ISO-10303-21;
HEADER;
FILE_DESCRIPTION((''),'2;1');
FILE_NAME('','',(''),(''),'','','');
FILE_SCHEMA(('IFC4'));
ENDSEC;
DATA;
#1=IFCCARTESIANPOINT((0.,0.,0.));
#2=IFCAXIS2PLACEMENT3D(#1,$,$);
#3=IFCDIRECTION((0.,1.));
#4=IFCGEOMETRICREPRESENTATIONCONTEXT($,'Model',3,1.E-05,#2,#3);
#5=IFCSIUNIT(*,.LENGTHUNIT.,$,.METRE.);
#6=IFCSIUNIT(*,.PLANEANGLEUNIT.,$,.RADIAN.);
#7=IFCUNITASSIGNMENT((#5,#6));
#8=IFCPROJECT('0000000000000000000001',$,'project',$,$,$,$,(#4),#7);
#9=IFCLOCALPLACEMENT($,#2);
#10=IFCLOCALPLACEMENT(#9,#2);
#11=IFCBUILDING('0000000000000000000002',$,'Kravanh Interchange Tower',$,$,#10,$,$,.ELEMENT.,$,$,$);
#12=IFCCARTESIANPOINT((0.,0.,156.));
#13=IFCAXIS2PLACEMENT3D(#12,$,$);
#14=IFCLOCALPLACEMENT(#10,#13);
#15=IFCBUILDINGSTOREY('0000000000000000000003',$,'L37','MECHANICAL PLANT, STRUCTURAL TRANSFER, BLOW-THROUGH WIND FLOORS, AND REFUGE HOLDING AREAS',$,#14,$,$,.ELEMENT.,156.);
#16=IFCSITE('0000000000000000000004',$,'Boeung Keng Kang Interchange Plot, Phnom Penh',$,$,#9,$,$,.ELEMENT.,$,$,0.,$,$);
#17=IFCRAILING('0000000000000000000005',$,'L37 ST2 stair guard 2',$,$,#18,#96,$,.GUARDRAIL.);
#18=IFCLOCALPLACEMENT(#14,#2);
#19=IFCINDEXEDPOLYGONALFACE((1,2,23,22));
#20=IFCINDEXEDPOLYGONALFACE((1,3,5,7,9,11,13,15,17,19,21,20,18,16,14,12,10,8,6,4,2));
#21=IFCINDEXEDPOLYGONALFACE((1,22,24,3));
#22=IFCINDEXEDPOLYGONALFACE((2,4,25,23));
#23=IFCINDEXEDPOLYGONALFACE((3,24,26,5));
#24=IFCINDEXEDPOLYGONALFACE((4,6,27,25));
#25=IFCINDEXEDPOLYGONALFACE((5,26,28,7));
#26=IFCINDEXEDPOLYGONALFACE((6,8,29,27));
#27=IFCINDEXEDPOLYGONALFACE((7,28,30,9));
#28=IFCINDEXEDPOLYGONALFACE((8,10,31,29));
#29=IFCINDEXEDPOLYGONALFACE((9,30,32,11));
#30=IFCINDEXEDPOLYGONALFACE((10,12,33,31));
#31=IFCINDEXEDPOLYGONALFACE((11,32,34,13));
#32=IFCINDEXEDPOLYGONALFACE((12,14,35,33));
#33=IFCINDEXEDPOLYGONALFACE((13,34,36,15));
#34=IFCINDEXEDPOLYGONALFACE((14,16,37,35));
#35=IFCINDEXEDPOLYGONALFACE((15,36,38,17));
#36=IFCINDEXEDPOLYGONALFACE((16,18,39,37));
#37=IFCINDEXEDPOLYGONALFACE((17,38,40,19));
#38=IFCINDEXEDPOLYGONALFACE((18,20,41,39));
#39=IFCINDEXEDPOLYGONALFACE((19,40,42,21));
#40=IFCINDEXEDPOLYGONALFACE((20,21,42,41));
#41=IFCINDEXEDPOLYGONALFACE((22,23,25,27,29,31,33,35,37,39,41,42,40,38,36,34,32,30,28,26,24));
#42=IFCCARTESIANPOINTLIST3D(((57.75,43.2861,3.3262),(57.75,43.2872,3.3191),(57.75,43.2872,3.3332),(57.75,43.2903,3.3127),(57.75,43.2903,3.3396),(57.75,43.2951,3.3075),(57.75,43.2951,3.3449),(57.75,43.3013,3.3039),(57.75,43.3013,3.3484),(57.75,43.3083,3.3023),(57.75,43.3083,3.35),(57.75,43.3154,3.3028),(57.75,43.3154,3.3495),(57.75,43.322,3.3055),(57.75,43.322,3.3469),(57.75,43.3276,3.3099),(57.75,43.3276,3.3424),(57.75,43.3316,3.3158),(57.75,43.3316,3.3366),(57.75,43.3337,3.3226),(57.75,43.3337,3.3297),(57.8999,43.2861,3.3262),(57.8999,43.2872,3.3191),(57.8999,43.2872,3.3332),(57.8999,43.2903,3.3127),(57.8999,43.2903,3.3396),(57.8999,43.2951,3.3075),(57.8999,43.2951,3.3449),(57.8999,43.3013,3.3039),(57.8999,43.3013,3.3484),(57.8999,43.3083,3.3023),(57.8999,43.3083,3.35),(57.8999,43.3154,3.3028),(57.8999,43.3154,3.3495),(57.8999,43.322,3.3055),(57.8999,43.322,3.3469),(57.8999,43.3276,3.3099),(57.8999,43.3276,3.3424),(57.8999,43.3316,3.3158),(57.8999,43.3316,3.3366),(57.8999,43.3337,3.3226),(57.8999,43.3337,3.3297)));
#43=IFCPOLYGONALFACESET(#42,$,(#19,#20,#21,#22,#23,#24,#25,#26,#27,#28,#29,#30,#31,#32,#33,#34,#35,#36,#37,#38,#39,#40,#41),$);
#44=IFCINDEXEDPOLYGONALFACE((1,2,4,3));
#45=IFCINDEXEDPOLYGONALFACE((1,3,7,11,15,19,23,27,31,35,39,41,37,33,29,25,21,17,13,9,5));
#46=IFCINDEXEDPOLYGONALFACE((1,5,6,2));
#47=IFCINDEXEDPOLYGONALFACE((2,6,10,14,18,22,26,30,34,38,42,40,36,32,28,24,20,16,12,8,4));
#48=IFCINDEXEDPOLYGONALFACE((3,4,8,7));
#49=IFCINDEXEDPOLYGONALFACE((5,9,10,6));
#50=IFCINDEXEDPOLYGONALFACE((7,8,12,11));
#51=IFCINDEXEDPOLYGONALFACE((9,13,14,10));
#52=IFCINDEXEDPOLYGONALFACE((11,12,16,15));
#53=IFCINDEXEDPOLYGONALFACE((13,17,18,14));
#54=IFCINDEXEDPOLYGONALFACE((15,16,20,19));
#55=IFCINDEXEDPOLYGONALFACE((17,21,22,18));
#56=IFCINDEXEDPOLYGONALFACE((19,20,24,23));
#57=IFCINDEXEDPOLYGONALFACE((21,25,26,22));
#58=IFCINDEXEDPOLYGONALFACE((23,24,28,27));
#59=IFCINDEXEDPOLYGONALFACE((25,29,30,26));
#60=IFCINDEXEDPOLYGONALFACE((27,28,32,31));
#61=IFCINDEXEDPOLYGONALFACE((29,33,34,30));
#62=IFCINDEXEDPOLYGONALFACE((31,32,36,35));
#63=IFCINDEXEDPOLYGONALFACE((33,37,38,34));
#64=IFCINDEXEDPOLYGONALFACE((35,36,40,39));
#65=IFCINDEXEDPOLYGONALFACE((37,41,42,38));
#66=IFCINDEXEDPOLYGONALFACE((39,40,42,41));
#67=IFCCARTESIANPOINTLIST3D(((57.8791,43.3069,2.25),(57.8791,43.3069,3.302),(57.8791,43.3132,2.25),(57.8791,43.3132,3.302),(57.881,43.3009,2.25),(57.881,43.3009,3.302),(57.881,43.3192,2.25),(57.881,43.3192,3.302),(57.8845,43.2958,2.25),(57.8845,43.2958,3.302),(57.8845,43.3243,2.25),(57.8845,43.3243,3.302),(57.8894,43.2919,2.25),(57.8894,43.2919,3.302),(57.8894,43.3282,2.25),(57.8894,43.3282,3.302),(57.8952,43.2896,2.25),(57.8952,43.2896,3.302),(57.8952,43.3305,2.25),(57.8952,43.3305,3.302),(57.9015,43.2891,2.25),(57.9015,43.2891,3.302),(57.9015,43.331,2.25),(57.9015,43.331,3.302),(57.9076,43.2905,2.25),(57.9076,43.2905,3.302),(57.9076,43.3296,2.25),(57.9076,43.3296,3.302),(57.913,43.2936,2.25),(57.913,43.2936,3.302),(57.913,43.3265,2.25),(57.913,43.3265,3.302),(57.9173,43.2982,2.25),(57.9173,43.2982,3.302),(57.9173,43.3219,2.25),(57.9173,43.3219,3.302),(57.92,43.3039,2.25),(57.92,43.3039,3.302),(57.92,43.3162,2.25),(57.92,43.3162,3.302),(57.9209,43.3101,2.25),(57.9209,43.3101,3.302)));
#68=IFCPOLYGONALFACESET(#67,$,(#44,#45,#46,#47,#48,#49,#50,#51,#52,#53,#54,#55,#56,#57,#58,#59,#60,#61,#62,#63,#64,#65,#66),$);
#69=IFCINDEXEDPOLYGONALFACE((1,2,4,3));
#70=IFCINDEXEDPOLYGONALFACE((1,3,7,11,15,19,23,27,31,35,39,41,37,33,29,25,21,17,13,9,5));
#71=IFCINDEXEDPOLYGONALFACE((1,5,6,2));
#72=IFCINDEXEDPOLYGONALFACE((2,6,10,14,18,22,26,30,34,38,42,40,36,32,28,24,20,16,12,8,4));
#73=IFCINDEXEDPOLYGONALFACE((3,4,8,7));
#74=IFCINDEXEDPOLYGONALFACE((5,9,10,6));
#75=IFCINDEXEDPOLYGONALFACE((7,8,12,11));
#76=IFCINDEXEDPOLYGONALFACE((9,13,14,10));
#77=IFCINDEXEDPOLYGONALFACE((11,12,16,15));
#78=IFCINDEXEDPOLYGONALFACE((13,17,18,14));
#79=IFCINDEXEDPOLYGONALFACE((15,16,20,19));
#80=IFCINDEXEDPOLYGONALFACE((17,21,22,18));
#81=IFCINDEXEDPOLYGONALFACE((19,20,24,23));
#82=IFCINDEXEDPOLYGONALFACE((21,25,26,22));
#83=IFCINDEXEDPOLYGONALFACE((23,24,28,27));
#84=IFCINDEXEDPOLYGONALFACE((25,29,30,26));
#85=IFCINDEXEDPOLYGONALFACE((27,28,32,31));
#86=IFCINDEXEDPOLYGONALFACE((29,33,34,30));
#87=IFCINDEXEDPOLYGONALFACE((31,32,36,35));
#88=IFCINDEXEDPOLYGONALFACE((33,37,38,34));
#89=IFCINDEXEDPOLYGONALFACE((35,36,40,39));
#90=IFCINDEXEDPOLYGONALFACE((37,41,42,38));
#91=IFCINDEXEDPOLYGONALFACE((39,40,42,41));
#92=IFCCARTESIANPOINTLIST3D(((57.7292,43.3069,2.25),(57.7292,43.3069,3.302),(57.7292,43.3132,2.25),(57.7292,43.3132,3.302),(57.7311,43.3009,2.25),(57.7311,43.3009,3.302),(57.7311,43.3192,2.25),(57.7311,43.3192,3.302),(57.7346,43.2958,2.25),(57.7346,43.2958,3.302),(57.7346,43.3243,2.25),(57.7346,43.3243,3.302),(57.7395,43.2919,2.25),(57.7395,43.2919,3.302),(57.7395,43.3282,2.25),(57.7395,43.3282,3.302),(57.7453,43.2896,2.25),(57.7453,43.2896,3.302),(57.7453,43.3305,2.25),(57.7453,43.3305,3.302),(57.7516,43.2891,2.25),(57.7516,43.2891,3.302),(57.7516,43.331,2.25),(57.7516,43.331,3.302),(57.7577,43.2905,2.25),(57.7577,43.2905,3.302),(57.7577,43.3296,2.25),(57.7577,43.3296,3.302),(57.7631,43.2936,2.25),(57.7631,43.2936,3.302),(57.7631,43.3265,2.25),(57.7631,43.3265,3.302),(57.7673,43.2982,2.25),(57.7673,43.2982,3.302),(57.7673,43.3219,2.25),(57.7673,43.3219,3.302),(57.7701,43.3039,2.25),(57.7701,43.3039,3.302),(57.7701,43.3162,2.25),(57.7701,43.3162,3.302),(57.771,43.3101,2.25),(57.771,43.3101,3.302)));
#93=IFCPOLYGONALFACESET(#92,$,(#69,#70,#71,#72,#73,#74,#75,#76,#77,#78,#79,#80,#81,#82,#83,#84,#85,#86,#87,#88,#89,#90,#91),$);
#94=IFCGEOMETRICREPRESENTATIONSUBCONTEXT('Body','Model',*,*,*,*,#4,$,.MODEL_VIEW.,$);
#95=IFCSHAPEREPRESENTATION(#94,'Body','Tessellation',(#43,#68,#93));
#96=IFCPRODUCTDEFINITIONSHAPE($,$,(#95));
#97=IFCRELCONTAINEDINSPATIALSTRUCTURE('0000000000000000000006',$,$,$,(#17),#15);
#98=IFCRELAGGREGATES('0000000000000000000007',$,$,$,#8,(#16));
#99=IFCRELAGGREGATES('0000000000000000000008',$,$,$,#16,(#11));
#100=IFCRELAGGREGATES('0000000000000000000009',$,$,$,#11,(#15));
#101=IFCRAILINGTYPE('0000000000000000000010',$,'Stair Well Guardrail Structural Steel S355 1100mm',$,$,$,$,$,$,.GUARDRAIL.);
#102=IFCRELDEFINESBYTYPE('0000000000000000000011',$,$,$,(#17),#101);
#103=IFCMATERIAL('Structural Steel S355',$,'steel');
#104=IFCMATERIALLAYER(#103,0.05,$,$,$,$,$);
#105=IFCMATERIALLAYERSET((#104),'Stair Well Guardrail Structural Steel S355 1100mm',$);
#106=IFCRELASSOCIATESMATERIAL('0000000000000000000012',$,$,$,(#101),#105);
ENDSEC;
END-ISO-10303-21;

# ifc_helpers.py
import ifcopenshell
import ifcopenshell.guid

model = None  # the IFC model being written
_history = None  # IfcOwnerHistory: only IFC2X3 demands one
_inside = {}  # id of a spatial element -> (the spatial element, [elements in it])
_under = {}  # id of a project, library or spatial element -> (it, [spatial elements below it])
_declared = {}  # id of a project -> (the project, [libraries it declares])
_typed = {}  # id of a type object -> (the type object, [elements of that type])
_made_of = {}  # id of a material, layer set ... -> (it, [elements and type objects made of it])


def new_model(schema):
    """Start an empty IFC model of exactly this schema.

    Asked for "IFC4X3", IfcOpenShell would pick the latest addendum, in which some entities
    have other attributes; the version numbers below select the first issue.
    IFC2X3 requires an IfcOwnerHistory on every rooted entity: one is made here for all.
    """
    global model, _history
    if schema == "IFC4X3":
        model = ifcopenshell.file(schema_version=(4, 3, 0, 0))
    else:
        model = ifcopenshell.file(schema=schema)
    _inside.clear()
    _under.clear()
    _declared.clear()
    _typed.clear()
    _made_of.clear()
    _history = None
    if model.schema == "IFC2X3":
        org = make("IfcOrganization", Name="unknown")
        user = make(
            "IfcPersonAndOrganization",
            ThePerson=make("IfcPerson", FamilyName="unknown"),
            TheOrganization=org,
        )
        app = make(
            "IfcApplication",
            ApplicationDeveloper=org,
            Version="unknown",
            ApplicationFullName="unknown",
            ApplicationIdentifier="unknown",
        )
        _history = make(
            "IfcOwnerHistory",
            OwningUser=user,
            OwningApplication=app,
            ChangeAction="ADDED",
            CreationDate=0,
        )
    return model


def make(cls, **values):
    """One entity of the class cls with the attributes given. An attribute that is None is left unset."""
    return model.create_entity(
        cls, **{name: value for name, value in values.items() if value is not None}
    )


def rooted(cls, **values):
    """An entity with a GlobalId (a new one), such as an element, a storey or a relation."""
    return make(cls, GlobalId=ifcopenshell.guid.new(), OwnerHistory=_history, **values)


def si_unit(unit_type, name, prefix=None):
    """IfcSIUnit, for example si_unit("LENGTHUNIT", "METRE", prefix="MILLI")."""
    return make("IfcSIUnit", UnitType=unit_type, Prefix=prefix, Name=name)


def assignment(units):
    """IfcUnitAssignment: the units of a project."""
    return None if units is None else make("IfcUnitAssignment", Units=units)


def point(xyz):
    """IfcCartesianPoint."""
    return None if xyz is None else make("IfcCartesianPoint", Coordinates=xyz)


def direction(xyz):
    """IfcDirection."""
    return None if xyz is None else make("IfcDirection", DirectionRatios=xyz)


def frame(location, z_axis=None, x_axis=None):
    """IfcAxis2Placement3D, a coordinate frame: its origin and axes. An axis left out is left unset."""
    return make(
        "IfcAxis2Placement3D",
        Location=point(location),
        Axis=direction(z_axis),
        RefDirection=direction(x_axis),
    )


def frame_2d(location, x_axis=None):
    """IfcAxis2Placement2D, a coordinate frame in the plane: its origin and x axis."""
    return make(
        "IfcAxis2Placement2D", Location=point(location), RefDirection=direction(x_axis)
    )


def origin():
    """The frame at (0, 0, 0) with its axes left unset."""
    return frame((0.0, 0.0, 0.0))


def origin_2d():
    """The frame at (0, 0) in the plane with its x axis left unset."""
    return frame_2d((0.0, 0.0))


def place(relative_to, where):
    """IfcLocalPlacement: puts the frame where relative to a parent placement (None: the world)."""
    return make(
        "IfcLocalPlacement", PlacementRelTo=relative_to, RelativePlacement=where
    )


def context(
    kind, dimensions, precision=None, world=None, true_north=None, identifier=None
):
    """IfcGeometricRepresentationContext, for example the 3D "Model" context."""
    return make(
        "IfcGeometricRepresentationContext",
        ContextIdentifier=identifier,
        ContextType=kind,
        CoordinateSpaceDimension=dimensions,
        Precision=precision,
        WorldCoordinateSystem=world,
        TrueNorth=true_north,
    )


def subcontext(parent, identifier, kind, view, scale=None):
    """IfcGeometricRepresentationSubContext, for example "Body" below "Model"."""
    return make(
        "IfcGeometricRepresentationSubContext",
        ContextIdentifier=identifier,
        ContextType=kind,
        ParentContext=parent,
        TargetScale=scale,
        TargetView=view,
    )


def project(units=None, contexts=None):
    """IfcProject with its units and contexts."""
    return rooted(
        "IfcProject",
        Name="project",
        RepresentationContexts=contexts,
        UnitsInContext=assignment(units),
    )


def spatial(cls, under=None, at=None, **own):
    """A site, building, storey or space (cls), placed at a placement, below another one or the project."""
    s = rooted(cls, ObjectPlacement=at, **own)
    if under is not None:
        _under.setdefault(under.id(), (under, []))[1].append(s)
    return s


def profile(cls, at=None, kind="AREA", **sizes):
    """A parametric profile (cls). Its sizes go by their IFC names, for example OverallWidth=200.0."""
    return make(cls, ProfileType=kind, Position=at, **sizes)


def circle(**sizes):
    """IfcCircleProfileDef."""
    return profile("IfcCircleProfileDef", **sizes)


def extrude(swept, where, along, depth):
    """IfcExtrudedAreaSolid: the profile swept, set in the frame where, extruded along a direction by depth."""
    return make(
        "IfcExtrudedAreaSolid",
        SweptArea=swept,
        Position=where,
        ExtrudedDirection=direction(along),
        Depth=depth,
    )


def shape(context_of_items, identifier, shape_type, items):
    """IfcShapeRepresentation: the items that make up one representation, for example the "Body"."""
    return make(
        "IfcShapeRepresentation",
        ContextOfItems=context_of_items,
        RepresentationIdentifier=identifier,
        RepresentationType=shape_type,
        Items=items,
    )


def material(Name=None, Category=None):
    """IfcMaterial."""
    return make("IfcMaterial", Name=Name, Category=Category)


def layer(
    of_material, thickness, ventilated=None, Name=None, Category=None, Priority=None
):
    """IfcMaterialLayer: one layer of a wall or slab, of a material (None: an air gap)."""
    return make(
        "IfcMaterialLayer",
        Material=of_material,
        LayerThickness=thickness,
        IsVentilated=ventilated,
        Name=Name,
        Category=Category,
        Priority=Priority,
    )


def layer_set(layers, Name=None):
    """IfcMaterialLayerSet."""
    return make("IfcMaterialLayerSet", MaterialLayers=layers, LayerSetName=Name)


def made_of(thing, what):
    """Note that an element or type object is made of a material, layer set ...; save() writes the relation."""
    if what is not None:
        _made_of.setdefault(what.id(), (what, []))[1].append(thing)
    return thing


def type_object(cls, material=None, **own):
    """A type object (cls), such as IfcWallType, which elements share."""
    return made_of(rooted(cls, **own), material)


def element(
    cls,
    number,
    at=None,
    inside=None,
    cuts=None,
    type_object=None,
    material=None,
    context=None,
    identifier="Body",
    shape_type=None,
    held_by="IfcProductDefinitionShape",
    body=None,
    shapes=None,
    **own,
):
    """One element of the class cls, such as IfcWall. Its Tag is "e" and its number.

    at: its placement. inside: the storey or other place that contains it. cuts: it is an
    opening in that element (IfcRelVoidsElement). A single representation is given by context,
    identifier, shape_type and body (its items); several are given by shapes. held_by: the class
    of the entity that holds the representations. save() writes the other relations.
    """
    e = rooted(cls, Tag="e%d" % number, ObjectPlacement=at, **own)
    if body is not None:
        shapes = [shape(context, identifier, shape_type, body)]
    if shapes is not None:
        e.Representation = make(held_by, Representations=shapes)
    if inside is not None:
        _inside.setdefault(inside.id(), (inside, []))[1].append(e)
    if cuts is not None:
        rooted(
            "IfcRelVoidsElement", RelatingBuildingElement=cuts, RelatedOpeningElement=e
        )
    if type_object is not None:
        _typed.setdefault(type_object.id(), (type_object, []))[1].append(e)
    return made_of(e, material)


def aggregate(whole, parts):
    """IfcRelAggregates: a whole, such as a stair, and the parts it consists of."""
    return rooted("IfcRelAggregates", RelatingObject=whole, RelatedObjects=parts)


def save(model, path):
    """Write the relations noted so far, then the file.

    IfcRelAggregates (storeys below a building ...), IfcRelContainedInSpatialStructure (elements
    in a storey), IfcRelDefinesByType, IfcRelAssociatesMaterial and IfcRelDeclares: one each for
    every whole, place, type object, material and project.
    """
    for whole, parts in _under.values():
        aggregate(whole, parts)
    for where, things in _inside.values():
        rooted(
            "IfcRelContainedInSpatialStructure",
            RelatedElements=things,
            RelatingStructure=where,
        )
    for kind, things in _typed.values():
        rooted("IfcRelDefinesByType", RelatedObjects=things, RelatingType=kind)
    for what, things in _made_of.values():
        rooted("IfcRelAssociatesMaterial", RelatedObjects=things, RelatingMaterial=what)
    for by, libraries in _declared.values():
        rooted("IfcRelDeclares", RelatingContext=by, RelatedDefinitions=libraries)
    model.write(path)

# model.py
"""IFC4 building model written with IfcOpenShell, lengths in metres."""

from ifc_helpers import new_model, si_unit, direction, frame, origin, origin_2d, place, context, subcontext, project, spatial, circle, extrude, material, layer, layer_set, type_object, element, save


model = new_model("IFC4")

# Units and contexts
model_context = context("Model", 3, precision=1e-05, world=origin(), true_north=direction((0.0, 1.0)))
body_context = subcontext(model_context, "Body", "Model", "MODEL_VIEW")
ifc_project = project(units=[si_unit("LENGTHUNIT", "METRE"), si_unit("PLANEANGLEUNIT", "RADIAN")], contexts=[model_context])

# Site, building, storey
site_placement = place(None, origin())
site = spatial("IfcSite", under=ifc_project, at=site_placement, Name="Boeung Keng Kang Interchange Plot, Phnom Penh", CompositionType="ELEMENT", RefElevation=0.0)
building_placement = place(site_placement, origin())
building = spatial("IfcBuilding", under=site, at=building_placement, Name="Kravanh Interchange Tower", CompositionType="ELEMENT")
storey_placement = place(building_placement, frame((0.0, 0.0, 156.0)))
storey = spatial("IfcBuildingStorey", under=building, at=storey_placement, Name="L37", Description="MECHANICAL PLANT, STRUCTURAL TRANSFER, BLOW-THROUGH WIND FLOORS, AND REFUGE HOLDING AREAS", CompositionType="ELEMENT", Elevation=156.0)

# Railing
ifc_material_1 = material(Name="Structural Steel S355", Category="steel")
ifc_layer_1 = layer(ifc_material_1, 0.05)
ifc_layer_set_1 = layer_set([ifc_layer_1], Name="Stair Well Guardrail Structural Steel S355 1100mm")
railing_type_1 = type_object("IfcRailingType", Name="Stair Well Guardrail Structural Steel S355 1100mm", PredefinedType="GUARDRAIL", material=ifc_layer_set_1)
railing_1_placement = place(storey_placement, frame((57.8999, 43.3101, 2.25)))
element("IfcRailing", 1, at=railing_1_placement, inside=storey, type_object=railing_type_1, Name="L37 ST2 stair guard 2", PredefinedType="GUARDRAIL", context=body_context, shape_type="SweptSolid", body=[
    extrude(circle(Radius=0.0239, at=origin_2d()), frame((0.0, 0.0, 1.0762), z_axis=(-1.0, 0.0, 0.0), x_axis=(0.0, -1.0, 0.0)), (0.0, 0.0, 1.0), 0.1499),
    extrude(circle(Radius=0.021, at=origin_2d()), origin(), (0.0, 0.0, 1.0), 1.052),
    extrude(circle(Radius=0.021, at=origin_2d()), frame((-0.1499, 0.0, 0.0)), (0.0, 0.0, 1.0), 1.052),
])

save(model, "model.ifc")
